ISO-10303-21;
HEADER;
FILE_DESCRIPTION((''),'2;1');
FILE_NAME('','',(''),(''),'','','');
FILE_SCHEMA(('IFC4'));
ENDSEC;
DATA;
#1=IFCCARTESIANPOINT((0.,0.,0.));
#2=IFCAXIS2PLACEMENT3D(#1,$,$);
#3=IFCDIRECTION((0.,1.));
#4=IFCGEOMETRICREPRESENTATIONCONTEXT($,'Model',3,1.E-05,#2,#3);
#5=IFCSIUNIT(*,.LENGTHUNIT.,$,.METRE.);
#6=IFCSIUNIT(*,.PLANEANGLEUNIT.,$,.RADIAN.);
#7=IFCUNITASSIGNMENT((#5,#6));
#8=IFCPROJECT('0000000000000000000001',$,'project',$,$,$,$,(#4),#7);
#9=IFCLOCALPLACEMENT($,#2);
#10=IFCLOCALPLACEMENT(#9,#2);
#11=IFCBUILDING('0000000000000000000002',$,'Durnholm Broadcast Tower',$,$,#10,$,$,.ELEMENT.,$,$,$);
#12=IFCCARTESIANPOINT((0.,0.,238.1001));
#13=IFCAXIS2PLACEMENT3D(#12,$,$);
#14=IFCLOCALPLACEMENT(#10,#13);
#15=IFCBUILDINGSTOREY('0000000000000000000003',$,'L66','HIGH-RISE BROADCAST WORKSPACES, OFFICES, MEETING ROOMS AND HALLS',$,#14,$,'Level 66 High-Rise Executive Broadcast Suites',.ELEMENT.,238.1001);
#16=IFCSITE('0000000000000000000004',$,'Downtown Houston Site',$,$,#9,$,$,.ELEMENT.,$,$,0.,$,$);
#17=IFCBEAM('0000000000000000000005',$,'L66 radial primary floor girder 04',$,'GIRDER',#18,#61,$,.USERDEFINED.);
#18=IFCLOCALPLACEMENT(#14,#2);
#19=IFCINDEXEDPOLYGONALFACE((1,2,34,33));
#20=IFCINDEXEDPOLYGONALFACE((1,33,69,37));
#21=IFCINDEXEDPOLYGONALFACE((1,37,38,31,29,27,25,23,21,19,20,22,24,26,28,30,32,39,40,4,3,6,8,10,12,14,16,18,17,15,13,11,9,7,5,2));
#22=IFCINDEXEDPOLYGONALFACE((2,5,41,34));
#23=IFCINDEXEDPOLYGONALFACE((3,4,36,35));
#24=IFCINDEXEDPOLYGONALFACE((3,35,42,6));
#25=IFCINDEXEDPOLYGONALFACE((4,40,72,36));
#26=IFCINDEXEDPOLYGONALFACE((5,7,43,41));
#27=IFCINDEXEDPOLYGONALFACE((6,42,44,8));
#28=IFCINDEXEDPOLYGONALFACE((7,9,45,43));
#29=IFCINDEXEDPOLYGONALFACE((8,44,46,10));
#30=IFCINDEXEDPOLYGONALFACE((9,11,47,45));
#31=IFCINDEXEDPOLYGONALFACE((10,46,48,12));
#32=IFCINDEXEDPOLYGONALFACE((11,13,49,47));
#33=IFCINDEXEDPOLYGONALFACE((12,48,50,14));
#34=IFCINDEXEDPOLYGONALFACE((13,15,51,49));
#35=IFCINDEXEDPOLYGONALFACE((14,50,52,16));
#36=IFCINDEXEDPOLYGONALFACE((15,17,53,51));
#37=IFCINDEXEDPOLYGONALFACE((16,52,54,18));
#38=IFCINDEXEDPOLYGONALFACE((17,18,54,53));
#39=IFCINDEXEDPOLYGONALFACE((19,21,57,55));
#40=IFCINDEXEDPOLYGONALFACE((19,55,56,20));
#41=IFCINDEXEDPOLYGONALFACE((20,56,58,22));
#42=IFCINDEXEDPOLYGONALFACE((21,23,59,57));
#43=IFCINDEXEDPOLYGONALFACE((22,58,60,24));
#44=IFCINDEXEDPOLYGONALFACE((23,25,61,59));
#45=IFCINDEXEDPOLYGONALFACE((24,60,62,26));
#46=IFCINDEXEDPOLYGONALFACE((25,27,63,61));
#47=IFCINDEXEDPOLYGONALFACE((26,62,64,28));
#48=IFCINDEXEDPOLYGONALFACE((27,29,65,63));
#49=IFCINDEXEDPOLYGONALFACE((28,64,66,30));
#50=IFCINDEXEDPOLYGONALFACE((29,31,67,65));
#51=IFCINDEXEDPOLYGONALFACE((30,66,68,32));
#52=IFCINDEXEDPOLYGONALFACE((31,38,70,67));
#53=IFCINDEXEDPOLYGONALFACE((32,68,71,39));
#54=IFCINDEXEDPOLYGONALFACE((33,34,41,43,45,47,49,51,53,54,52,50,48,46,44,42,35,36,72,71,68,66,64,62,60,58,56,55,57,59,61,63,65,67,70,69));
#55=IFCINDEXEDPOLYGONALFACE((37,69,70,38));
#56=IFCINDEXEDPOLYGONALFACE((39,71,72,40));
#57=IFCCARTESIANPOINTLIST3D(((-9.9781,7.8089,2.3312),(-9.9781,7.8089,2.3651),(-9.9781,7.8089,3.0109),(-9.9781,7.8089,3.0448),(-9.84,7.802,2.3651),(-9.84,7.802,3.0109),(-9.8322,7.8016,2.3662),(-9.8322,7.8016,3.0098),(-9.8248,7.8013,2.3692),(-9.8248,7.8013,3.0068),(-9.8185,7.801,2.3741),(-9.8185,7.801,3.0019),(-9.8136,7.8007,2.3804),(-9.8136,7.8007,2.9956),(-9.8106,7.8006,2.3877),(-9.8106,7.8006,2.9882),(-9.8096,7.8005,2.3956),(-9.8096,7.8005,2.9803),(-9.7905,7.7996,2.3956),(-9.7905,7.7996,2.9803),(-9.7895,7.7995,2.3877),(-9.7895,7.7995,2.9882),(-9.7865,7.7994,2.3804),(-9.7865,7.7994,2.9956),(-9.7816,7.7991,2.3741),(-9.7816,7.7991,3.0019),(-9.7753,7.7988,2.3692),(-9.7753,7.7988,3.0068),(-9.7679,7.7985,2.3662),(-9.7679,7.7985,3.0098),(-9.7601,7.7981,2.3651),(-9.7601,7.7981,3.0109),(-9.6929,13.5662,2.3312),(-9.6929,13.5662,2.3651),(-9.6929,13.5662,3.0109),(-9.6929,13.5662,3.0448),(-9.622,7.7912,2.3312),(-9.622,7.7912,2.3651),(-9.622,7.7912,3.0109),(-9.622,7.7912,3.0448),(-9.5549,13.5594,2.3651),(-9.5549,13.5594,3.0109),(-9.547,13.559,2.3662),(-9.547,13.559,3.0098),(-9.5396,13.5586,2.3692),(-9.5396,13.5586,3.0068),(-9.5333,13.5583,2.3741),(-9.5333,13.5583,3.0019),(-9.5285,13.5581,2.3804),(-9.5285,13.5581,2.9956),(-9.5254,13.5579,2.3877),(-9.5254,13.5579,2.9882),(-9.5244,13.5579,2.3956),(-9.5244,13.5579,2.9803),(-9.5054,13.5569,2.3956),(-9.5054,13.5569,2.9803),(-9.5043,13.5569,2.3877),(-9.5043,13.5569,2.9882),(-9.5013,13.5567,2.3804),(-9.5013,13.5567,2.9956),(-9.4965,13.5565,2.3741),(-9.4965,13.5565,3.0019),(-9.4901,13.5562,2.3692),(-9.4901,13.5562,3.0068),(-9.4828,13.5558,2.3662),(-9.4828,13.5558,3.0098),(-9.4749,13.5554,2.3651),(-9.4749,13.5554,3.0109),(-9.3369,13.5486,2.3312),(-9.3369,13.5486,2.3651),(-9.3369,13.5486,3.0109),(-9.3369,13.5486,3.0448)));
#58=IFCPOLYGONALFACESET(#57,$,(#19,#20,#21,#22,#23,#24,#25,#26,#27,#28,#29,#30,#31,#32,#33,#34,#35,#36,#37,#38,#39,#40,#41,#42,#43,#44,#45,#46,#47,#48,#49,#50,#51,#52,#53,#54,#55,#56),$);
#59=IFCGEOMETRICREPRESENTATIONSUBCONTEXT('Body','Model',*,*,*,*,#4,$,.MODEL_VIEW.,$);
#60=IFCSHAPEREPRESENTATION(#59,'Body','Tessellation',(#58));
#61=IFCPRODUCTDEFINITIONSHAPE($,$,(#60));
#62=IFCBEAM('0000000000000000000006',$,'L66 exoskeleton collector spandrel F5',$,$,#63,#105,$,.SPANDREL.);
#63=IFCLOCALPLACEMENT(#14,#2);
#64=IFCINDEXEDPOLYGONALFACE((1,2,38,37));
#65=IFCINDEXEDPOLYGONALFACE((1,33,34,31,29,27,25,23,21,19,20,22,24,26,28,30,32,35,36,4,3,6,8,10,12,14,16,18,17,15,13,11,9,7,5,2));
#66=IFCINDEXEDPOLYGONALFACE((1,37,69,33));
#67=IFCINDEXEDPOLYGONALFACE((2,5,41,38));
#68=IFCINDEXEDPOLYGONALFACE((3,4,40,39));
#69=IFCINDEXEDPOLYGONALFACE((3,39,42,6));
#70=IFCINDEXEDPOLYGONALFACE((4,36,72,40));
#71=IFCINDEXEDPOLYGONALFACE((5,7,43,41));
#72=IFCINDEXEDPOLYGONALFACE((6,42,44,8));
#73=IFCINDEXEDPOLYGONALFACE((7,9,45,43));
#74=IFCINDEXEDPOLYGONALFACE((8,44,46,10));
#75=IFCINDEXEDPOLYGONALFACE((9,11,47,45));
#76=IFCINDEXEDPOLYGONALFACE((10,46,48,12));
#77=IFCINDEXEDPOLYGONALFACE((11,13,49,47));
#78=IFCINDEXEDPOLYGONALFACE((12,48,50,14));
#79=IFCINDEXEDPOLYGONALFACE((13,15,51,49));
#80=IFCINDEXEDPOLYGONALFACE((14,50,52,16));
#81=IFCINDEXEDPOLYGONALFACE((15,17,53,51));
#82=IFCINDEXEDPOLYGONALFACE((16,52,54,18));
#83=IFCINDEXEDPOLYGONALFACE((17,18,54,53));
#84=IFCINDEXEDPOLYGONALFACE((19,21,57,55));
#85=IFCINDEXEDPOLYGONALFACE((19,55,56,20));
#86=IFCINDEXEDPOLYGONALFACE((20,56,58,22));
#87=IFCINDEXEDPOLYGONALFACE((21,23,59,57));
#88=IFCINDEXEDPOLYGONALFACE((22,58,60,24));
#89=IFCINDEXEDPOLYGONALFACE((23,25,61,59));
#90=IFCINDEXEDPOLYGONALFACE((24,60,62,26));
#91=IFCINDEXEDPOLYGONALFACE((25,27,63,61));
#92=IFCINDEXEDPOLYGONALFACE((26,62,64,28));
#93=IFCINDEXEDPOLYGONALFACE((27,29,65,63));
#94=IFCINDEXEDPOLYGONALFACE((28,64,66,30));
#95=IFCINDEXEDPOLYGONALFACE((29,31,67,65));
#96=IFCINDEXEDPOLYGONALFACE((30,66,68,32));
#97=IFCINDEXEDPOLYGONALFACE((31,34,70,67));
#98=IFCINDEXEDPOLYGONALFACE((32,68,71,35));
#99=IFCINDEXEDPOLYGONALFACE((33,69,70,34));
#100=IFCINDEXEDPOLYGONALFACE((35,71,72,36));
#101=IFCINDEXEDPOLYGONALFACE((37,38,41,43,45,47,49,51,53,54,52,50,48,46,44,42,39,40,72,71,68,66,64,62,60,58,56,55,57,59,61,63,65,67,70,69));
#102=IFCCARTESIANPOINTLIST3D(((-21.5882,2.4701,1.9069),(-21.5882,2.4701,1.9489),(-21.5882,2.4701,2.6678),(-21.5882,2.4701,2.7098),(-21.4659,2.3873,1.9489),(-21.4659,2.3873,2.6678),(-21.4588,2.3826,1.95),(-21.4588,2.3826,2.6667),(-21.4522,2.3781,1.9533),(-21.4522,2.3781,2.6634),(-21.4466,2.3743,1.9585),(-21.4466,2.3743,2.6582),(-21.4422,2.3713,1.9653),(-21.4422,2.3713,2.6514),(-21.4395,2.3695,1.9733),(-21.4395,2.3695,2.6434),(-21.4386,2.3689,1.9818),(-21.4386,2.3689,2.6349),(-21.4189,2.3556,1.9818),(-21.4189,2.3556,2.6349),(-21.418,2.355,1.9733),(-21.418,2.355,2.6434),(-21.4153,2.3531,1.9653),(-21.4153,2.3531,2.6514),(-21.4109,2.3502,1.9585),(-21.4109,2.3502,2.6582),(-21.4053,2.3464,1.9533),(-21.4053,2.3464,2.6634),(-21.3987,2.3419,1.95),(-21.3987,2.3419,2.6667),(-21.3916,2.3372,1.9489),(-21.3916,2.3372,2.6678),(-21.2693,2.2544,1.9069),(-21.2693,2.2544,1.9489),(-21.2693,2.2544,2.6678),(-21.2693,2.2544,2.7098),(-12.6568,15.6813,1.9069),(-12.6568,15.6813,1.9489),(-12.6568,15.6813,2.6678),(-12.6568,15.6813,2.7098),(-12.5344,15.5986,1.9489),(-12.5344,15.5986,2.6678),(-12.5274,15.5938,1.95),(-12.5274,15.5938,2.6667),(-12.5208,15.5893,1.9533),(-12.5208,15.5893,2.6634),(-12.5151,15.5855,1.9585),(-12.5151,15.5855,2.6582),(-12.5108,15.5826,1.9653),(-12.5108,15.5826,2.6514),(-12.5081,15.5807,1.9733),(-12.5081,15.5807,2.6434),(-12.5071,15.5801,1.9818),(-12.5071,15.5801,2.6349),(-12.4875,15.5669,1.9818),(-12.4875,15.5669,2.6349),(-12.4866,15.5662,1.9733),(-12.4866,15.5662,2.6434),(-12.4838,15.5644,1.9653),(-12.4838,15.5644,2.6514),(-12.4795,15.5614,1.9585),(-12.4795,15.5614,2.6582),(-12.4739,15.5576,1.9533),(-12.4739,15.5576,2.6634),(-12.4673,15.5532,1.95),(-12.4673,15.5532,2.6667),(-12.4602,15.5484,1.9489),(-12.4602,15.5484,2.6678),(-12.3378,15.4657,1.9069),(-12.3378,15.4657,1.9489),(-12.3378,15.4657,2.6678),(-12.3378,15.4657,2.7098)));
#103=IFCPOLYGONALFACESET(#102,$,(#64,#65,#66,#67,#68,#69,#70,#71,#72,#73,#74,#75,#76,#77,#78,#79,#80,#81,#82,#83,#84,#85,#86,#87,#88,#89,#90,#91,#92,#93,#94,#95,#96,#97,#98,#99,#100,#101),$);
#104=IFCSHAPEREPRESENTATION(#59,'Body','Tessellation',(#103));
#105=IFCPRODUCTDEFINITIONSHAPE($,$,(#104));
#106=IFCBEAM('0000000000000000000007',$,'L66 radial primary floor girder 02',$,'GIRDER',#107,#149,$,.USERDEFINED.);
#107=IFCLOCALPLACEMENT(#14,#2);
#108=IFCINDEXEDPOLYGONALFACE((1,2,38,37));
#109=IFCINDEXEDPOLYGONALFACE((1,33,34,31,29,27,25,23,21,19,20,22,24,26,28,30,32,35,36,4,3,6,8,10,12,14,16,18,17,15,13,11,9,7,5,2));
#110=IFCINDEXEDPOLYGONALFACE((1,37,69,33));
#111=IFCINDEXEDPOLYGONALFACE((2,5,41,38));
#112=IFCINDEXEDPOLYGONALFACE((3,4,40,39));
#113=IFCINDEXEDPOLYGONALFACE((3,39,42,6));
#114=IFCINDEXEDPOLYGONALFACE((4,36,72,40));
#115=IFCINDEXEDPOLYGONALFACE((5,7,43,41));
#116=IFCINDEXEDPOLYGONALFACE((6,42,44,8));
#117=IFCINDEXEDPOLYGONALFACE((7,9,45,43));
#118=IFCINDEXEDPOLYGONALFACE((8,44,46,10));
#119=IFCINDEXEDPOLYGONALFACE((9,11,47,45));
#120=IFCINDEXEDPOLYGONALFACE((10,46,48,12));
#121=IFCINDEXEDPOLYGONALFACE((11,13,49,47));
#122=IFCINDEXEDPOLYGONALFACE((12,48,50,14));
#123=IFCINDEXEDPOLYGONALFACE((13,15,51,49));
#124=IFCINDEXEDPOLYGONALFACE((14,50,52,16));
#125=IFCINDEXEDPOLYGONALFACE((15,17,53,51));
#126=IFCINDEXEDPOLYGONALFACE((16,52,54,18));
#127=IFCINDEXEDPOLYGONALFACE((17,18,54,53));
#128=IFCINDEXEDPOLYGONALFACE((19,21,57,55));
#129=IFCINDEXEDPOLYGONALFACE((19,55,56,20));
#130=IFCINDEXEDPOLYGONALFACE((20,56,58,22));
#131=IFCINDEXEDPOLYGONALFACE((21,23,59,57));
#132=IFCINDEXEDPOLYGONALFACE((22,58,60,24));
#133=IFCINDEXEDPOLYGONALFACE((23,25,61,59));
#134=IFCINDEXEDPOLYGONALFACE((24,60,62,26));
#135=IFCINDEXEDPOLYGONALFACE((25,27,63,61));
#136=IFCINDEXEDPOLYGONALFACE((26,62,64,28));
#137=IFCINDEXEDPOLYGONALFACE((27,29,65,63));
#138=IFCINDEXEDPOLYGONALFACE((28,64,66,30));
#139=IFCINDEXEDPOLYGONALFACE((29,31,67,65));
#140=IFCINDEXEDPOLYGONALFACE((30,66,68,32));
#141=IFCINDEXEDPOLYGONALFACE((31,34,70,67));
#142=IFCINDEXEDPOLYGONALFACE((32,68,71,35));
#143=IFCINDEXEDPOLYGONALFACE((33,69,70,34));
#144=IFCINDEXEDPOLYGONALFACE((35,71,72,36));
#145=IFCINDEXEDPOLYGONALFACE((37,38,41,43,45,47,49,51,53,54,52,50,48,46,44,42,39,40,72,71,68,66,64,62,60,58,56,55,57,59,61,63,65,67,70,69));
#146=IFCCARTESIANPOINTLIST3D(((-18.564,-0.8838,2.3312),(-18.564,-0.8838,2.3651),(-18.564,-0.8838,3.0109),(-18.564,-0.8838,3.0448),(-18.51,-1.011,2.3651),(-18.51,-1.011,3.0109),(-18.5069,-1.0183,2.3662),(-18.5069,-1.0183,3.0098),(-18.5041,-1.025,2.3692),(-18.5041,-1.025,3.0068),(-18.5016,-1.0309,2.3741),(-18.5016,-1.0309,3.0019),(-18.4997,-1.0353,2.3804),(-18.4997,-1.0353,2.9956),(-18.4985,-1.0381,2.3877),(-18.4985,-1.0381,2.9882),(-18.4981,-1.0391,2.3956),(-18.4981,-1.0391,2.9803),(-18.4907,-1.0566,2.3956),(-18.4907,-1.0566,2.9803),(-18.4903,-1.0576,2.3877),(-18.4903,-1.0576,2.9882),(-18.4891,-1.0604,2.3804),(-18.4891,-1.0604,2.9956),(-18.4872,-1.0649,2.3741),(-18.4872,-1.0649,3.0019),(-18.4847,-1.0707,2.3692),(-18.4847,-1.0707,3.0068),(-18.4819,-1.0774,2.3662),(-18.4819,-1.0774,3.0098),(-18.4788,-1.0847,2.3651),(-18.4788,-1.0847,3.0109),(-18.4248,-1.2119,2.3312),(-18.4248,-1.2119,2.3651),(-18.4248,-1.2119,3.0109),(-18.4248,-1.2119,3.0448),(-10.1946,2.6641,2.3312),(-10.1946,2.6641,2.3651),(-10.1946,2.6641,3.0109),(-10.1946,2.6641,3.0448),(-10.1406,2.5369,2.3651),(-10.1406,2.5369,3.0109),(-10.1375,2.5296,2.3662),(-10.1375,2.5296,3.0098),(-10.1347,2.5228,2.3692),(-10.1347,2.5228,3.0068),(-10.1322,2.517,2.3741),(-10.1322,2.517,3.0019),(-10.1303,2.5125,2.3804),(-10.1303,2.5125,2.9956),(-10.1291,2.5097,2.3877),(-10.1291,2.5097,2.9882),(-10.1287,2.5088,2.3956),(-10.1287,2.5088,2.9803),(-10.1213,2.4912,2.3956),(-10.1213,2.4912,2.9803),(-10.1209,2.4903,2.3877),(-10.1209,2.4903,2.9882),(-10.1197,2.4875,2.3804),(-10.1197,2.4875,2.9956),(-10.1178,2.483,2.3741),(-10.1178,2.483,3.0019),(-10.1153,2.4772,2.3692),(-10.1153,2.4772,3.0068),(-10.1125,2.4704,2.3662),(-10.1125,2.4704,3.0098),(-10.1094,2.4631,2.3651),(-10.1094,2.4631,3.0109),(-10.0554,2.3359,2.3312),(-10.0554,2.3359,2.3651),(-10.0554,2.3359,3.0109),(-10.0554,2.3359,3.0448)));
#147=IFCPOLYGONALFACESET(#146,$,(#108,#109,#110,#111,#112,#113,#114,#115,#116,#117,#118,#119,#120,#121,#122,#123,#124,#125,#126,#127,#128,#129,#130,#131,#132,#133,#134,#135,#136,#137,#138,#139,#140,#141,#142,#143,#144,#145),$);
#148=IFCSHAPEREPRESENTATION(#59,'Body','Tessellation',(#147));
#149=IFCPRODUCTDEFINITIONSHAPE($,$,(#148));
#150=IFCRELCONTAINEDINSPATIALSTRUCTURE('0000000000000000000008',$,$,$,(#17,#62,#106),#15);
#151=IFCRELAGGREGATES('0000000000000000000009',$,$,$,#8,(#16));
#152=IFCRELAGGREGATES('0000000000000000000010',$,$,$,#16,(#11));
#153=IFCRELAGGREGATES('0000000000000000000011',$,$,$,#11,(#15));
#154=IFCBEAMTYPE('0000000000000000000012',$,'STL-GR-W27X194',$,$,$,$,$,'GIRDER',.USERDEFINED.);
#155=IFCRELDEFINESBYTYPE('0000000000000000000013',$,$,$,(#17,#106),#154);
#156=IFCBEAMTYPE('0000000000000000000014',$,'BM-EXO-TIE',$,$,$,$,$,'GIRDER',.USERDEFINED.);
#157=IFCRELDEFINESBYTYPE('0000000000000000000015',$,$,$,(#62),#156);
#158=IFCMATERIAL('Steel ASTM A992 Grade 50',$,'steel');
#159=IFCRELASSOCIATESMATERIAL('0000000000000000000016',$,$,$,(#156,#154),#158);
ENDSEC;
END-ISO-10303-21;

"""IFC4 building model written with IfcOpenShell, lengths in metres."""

from ifc_helpers import new_model, si_unit, direction, frame, origin, origin_2d, place, context, subcontext, project, spatial, i_section, extrude, source, transform, mapped, material, material_profile, profile_set, type_object, element, save


model = new_model("IFC4")

# Units and contexts
model_context = context("Model", 3, precision=1e-05, world=origin(), true_north=direction((0.0, 1.0)))
body_context = subcontext(model_context, "Body", "Model", "MODEL_VIEW")
ifc_project = project(units=[si_unit("LENGTHUNIT", "METRE"), si_unit("PLANEANGLEUNIT", "RADIAN")], contexts=[model_context])

# Site, building, storey
site_placement = place(None, origin())
site = spatial("IfcSite", under=ifc_project, at=site_placement, Name="Downtown Houston Site", CompositionType="ELEMENT", RefElevation=0.0)
building_placement = place(site_placement, origin())
building = spatial("IfcBuilding", under=site, at=building_placement, Name="Durnholm Broadcast Tower", CompositionType="ELEMENT")
storey_placement = place(building_placement, frame((0.0, 0.0, 238.1001)))
storey = spatial("IfcBuildingStorey", under=building, at=storey_placement, Name="L66", Description="HIGH-RISE BROADCAST WORKSPACES, OFFICES, MEETING ROOMS AND HALLS", LongName="Level 66 High-Rise Executive Broadcast Suites", CompositionType="ELEMENT", Elevation=238.1001)

# Beams
ifc_material_1 = material(Name="Steel ASTM A992 Grade 50", Category="steel")
ifc_material_profile_1 = material_profile(ifc_material_1, i_section(OverallWidth=0.385, OverallDepth=0.803, WebThickness=0.0237, FlangeThickness=0.042, FilletRadius=0.033, at=origin_2d()), Name="W30X261")
ifc_profile_set_1 = profile_set([ifc_material_profile_1], Name="Steel ASTM A992 Grade 50")
beam_type_1 = type_object("IfcBeamType", Name="BM-EXO-TIE", ElementType="GIRDER", PredefinedType="USERDEFINED", material=ifc_profile_set_1)
ifc_material_profile_2 = material_profile(ifc_material_1, i_section(OverallWidth=0.3564, OverallDepth=0.7136, WebThickness=0.019, FlangeThickness=0.0339, FilletRadius=0.0305, at=origin_2d()), Name="W27X194")
ifc_profile_set_2 = profile_set([ifc_material_profile_2], Name="Steel ASTM A992 Grade 50")
beam_type_2 = type_object("IfcBeamType", Name="STL-GR-W27X194", ElementType="GIRDER", PredefinedType="USERDEFINED", material=ifc_profile_set_2)
shared_shape_1 = source(origin(), body_context, "Body", "SweptSolid", [
    extrude(i_section(OverallWidth=0.3564, OverallDepth=0.7136, WebThickness=0.019, FlangeThickness=0.0339, FilletRadius=0.0305, at=origin_2d()), origin(), (0.0, 0.0, 1.0), 5.7644),
])
beam_1_placement = place(storey_placement, frame((-9.8, 7.8, 2.688), z_axis=(0.049469, 0.998776, 0.0), x_axis=(-0.998776, 0.049469, 0.0)))
element("IfcBeam", 1, at=beam_1_placement, inside=storey, type_object=beam_type_2, Name="L66 radial primary floor girder 04", ObjectType="GIRDER", PredefinedType="USERDEFINED", context=body_context, shape_type="MappedRepresentation", body=[
    mapped(shared_shape_1, transform((0.0, 0.0, 0.0), x_axis=(1.0, 0.0, 0.0), y_axis=(0.0, 1.0, 0.0), z_axis=(0.0, 0.0, 1.0), scale=1.0)),
])
shared_shape_2 = source(origin(), body_context, "Body", "SweptSolid", [
    extrude(i_section(OverallWidth=0.385, OverallDepth=0.803, WebThickness=0.0237, FlangeThickness=0.042, FilletRadius=0.033, at=origin_2d()), origin(), (0.0, 0.0, 1.0), 15.947),
])
beam_2_placement = place(storey_placement, frame((-12.4973, 15.5735, 2.3083), z_axis=(-0.560069, -0.828446, 0.0), x_axis=(0.828446, -0.560069, 0.0)))
element("IfcBeam", 2, at=beam_2_placement, inside=storey, type_object=beam_type_1, Name="L66 exoskeleton collector spandrel F5", PredefinedType="SPANDREL", context=body_context, shape_type="MappedRepresentation", body=[
    mapped(shared_shape_2, transform((0.0, 0.0, 0.0), x_axis=(1.0, 0.0, 0.0), y_axis=(0.0, 1.0, 0.0), z_axis=(0.0, 0.0, 1.0), scale=1.0)),
])
shared_shape_3 = source(origin(), body_context, "Body", "SweptSolid", [
    extrude(i_section(OverallWidth=0.3564, OverallDepth=0.7136, WebThickness=0.019, FlangeThickness=0.0339, FilletRadius=0.0305, at=origin_2d()), origin(), (0.0, 0.0, 1.0), 9.0903),
])
beam_3_placement = place(storey_placement, frame((-10.125, 2.5, 2.688), z_axis=(-0.920692, -0.390289, 0.0), x_axis=(0.390289, -0.920692, 0.0)))
element("IfcBeam", 3, at=beam_3_placement, inside=storey, type_object=beam_type_2, Name="L66 radial primary floor girder 02", ObjectType="GIRDER", PredefinedType="USERDEFINED", context=body_context, shape_type="MappedRepresentation", body=[
    mapped(shared_shape_3, transform((0.0, 0.0, 0.0), x_axis=(1.0, 0.0, 0.0), y_axis=(0.0, 1.0, 0.0), z_axis=(0.0, 0.0, 1.0), scale=1.0)),
])

save(model, "model.ifc")
